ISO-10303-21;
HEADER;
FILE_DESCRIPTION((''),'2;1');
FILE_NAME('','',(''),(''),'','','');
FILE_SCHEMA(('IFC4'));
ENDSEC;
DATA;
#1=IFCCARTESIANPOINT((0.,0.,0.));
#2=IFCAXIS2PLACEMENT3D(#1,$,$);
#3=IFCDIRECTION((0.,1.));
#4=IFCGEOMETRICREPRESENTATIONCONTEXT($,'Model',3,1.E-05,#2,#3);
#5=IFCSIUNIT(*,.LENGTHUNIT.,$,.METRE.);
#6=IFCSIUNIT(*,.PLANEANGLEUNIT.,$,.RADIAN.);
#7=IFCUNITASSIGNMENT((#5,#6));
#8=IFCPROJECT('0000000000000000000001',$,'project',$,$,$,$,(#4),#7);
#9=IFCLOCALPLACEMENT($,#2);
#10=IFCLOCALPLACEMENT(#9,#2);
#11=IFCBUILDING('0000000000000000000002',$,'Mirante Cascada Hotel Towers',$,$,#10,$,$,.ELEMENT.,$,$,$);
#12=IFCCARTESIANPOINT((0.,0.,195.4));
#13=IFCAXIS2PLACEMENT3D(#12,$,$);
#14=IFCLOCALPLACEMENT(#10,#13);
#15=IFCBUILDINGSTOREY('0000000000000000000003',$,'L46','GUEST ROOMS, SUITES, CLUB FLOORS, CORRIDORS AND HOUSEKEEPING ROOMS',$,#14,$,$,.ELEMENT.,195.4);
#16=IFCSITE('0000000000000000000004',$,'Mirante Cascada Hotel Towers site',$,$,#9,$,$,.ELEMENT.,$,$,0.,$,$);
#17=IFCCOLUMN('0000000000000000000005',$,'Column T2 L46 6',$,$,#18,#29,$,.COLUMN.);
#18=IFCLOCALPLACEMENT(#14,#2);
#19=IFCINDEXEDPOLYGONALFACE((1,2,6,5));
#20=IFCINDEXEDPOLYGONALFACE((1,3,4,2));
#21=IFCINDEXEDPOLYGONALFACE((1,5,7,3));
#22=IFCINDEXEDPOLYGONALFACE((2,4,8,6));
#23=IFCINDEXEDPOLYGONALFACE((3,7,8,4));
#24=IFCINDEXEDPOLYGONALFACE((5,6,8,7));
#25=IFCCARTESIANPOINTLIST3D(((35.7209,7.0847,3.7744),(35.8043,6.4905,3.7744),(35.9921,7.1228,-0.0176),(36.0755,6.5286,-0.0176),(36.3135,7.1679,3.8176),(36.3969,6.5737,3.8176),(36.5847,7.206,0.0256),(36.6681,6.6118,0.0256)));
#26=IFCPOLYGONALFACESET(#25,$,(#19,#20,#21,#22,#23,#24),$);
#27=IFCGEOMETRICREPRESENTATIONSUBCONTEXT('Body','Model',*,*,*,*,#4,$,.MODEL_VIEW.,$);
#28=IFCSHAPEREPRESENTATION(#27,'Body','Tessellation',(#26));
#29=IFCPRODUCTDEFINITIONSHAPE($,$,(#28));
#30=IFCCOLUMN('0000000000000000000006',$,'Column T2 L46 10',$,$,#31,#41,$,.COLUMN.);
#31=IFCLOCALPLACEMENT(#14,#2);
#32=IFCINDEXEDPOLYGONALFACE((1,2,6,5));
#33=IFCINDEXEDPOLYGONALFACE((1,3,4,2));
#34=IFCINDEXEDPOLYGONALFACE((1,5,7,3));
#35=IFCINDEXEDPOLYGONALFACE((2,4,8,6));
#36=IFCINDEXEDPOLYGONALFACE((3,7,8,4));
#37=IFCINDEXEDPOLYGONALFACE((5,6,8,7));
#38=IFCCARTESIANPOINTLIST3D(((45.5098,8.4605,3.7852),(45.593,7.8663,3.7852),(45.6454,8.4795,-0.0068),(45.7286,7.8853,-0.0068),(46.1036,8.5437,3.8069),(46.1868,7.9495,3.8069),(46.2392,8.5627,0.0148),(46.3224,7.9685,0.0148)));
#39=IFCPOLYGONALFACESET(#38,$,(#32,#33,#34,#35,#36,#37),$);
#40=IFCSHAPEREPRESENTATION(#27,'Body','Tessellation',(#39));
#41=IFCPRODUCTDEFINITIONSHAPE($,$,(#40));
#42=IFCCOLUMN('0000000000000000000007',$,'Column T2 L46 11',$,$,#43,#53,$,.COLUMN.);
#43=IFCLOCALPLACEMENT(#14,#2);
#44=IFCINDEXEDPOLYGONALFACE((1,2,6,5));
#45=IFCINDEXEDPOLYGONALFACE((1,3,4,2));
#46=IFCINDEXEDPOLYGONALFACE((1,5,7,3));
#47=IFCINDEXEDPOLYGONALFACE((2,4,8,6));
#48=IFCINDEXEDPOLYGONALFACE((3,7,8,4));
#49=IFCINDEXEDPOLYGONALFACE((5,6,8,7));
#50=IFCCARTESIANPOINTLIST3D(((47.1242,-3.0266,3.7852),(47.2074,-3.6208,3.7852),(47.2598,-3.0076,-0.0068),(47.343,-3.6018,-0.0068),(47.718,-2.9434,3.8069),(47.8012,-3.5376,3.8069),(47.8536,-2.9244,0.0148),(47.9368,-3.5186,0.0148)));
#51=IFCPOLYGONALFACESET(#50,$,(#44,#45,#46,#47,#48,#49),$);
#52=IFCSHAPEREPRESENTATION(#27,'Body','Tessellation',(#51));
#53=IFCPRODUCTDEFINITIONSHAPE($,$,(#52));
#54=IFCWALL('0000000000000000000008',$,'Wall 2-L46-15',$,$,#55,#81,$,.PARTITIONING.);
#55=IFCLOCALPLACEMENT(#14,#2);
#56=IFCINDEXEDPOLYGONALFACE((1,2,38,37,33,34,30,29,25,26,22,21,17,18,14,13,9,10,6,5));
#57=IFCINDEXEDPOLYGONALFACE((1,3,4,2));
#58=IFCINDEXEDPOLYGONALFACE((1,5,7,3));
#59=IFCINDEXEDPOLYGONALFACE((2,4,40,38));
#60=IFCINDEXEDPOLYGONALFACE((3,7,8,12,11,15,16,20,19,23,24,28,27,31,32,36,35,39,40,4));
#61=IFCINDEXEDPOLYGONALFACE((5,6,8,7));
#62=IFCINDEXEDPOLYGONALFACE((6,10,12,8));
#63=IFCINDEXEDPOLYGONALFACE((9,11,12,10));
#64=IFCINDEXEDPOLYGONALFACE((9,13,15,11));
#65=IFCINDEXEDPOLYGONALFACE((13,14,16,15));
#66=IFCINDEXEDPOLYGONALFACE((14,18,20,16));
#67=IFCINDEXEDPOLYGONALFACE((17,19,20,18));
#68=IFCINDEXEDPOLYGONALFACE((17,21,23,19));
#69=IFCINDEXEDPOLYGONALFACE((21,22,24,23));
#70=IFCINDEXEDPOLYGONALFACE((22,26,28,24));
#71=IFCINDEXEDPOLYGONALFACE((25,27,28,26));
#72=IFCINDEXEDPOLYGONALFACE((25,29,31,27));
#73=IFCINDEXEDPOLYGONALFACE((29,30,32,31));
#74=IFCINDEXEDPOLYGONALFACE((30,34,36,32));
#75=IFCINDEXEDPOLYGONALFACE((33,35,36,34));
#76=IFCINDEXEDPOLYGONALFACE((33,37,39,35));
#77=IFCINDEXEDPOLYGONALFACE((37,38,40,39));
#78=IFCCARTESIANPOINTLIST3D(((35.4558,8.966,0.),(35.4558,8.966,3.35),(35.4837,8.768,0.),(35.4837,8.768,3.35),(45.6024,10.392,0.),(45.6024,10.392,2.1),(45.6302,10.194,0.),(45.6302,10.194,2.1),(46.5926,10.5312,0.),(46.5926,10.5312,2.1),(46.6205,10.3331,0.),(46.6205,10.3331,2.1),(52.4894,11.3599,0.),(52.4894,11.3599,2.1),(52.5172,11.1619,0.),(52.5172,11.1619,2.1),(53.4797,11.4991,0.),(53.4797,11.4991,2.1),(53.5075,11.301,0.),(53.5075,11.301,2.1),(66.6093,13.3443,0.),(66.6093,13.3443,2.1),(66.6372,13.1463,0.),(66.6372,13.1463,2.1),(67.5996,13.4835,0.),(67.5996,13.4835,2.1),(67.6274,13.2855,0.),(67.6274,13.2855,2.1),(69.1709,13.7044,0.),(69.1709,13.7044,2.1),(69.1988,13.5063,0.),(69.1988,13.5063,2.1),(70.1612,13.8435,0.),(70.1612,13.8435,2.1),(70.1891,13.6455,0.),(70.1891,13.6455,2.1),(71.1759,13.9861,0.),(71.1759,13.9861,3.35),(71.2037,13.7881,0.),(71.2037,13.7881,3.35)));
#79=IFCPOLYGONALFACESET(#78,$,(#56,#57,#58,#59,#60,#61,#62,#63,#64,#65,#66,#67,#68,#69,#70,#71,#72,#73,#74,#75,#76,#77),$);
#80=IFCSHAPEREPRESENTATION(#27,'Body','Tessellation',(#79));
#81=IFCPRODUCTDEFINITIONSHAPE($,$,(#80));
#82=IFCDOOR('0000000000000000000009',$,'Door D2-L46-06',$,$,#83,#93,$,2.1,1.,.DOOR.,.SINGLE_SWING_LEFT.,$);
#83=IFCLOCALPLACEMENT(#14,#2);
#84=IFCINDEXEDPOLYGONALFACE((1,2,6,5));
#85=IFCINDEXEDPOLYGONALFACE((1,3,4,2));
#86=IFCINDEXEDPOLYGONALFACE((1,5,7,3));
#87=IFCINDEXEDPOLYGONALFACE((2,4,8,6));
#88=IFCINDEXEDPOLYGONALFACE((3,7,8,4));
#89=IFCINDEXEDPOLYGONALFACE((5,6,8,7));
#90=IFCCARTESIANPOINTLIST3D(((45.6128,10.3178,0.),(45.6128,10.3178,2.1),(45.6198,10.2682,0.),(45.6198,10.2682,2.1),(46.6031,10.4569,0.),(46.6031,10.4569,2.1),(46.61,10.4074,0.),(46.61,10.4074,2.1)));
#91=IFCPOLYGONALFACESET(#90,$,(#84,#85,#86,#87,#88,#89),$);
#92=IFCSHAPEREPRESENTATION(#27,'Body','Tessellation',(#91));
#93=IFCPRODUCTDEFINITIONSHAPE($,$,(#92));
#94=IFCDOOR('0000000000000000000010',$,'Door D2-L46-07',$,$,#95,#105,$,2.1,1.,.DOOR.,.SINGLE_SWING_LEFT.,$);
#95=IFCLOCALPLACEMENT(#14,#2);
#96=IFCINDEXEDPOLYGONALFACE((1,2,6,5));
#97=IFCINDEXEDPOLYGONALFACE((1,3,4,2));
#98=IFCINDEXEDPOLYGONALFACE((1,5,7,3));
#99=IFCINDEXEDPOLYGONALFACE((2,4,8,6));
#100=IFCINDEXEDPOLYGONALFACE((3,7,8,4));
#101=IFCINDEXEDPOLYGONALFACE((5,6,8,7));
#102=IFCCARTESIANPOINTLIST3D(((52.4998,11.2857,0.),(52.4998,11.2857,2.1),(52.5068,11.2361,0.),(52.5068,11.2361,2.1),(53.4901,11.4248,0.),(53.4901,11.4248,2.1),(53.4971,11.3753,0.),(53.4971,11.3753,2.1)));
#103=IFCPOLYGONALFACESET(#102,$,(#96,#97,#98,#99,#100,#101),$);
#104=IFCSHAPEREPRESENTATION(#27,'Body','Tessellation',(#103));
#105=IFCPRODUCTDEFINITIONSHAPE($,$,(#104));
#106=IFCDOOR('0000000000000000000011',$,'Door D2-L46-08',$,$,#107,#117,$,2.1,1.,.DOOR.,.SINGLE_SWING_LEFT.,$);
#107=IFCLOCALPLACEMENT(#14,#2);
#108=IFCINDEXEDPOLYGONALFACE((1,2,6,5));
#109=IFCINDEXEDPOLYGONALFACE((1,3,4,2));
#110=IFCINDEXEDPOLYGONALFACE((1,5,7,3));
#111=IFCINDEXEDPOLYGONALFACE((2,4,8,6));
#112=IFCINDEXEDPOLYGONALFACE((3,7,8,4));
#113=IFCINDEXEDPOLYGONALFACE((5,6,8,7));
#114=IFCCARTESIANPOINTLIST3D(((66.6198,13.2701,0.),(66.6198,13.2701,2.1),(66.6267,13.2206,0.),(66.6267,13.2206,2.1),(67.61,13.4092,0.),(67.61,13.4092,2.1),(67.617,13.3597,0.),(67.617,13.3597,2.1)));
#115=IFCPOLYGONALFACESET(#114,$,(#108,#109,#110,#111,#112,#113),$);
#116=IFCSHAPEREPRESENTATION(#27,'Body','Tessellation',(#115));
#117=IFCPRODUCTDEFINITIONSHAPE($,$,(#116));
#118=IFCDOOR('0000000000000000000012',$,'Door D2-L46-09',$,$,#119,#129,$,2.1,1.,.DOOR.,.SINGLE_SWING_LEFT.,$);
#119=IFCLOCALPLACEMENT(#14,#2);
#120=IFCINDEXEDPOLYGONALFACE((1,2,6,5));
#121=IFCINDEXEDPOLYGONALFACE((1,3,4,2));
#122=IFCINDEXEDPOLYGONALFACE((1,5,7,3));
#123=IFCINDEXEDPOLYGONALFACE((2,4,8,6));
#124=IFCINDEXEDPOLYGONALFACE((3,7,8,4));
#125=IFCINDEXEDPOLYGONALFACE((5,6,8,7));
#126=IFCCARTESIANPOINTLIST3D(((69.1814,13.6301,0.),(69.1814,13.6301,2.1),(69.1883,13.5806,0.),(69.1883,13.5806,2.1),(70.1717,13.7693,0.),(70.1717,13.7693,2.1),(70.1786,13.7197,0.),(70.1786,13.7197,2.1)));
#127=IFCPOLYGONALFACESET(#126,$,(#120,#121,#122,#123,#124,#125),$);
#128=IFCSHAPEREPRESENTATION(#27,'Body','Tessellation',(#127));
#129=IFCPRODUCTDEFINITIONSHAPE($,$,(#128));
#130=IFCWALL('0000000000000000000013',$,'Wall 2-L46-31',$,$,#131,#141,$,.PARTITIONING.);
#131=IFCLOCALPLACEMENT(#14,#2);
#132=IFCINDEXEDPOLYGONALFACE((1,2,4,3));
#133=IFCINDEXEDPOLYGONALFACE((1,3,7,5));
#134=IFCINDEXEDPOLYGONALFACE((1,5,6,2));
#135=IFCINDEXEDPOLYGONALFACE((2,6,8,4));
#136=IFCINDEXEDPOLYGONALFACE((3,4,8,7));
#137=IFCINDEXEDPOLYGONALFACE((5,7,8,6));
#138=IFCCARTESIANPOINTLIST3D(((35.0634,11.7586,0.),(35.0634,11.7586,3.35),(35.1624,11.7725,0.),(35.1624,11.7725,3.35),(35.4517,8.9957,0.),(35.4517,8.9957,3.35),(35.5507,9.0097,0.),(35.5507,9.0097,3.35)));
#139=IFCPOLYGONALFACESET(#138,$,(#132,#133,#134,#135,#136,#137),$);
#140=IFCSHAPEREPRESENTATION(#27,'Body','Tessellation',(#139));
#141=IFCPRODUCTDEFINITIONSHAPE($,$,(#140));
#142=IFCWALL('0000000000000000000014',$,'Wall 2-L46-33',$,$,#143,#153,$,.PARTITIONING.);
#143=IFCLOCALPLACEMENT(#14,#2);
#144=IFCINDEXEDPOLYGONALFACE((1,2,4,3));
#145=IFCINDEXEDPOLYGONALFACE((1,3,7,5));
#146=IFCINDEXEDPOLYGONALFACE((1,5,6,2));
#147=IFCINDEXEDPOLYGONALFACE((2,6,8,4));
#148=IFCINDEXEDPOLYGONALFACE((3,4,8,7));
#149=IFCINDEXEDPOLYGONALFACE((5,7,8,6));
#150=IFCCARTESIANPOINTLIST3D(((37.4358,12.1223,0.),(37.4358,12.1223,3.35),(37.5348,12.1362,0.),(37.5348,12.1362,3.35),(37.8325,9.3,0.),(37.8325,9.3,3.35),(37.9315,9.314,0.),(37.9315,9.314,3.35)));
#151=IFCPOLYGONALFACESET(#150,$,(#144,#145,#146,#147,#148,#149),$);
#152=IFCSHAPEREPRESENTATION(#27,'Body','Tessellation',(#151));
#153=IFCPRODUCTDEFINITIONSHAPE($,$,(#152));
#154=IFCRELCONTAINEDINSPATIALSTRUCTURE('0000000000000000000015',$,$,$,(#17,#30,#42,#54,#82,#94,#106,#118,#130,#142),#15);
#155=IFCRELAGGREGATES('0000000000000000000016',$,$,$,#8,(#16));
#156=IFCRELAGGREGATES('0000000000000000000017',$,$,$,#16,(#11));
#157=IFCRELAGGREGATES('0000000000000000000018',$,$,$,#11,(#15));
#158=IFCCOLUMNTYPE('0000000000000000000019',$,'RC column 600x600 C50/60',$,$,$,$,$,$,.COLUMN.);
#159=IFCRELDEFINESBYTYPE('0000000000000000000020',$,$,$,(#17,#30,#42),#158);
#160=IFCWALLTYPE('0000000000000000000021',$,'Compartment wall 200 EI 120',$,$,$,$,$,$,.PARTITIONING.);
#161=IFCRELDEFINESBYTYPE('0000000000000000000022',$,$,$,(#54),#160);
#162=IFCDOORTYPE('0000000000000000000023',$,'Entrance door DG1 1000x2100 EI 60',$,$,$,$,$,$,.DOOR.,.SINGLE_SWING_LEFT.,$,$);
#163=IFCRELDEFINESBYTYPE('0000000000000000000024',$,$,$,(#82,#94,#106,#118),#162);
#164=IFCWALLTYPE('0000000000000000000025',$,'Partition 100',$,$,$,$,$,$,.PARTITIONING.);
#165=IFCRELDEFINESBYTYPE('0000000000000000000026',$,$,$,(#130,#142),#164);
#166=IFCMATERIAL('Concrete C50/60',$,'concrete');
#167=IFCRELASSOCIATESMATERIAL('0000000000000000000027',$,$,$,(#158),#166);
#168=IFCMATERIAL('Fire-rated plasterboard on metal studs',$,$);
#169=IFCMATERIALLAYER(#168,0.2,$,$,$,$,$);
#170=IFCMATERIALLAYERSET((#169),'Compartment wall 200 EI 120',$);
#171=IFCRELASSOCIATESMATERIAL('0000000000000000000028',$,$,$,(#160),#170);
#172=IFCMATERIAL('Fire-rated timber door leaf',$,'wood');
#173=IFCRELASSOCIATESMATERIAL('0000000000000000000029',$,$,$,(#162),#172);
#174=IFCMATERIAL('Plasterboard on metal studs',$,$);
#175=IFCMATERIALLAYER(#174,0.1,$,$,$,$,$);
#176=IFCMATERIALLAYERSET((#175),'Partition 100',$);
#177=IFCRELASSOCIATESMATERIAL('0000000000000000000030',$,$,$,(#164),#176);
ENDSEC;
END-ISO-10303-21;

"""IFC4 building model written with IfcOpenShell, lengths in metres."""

from ifc_helpers import new_model, si_unit, direction, frame, frame_2d, origin, origin_2d, place, context, subcontext, project, spatial, rectangle, extrude, material, layer, layer_set, material_profile, profile_set, type_object, element, fill, save


model = new_model("IFC4")

# Units and contexts
model_context = context("Model", 3, precision=1e-05, world=origin(), true_north=direction((0.0, 1.0)))
body_context = subcontext(model_context, "Body", "Model", "MODEL_VIEW")
ifc_project = project(units=[si_unit("LENGTHUNIT", "METRE"), si_unit("PLANEANGLEUNIT", "RADIAN")], contexts=[model_context])

# Site, building, storey
site_placement = place(None, origin())
site = spatial("IfcSite", under=ifc_project, at=site_placement, Name="Mirante Cascada Hotel Towers site", CompositionType="ELEMENT", RefElevation=0.0)
building_placement = place(site_placement, origin())
building = spatial("IfcBuilding", under=site, at=building_placement, Name="Mirante Cascada Hotel Towers", CompositionType="ELEMENT")
storey_placement = place(building_placement, frame((0.0, 0.0, 195.4)))
storey = spatial("IfcBuildingStorey", under=building, at=storey_placement, Name="L46", Description="GUEST ROOMS, SUITES, CLUB FLOORS, CORRIDORS AND HOUSEKEEPING ROOMS", CompositionType="ELEMENT", Elevation=195.4)

# Columns
ifc_material_1 = material(Name="Concrete C50/60", Category="concrete")
ifc_material_profile = material_profile(ifc_material_1, rectangle(XDim=0.6, YDim=0.6, at=origin_2d()), Name="RC column 600x600 C50/60")
ifc_profile_set = profile_set([ifc_material_profile], Name="Concrete C50/60")
column_type = type_object("IfcColumnType", Name="RC column 600x600 C50/60", PredefinedType="COLUMN", material=ifc_profile_set)
column_placement = place(storey_placement, frame((36.3301, 6.8673, 0.004), z_axis=(-0.071333, -0.010021, 0.997402), x_axis=(0.139121, -0.990275, 0.0)))
element("IfcColumn", 1, at=column_placement, inside=storey, type_object=column_type, Name="Column T2 L46 6", PredefinedType="COLUMN", context=body_context, shape_type="SweptSolid", body=[
    extrude(rectangle(XDim=0.6, YDim=0.6, at=origin_2d()), origin(), (0.0, 0.0, 1.0), 3.8019),
])
for number, where, z_axis, x_axis, name in (
    (2, (45.9839, 8.224, 0.004), (-0.035736, -0.005007, 0.999349), (0.138762, -0.990326, 0.0), "Column T2 L46 10"),
    (3, (47.5983, -3.2631, 0.004), (-0.035736, -0.005007, 0.999349), (0.138762, -0.990326, 0.0), "Column T2 L46 11"),
):
    element("IfcColumn", number, at=place(storey_placement, frame(where, z_axis=z_axis, x_axis=x_axis)), inside=storey, type_object=column_type, Name=name, PredefinedType="COLUMN", context=body_context, shape_type="SweptSolid", body=[
        extrude(rectangle(XDim=0.6, YDim=0.6, at=origin_2d()), origin(), (0.0, 0.0, 1.0), 3.7945),
    ])

# Wall, openings, doors
ifc_material_2 = material(Name="Fire-rated plasterboard on metal studs")
ifc_layer_1 = layer(ifc_material_2, 0.2)
ifc_layer_set_1 = layer_set([ifc_layer_1], Name="Compartment wall 200 EI 120")
wall_type_1 = type_object("IfcWallType", Name="Compartment wall 200 EI 120", PredefinedType="PARTITIONING", material=ifc_layer_set_1)
wall_1_placement = place(storey_placement, frame((35.4697, 8.867, 0.0), z_axis=(0.0, 0.0, 1.0), x_axis=(0.990268, 0.139172, 0.0)))
wall_1 = element("IfcWall", 4, at=wall_1_placement, inside=storey, type_object=wall_type_1, Name="Wall 2-L46-15", PredefinedType="PARTITIONING", context=body_context, shape_type="SweptSolid", body=[
    extrude(rectangle(XDim=36.0711, YDim=0.2, at=frame_2d((18.0356, 0.0))), origin(), (0.0, 0.0, 1.0), 3.35),
])
opening_1_placement = place(wall_1_placement, frame((10.2463, 0.0, 0.0)))
opening_1 = element("IfcOpeningElement", 5, at=opening_1_placement, cuts=wall_1, PredefinedType="OPENING", context=body_context, shape_type="SweptSolid", body=[
    extrude(rectangle(XDim=1.0, YDim=2.1, at=frame_2d((0.5, 1.05))), frame((0.0, 0.1, 0.0), z_axis=(0.0, -1.0, 0.0), x_axis=(1.0, 0.0, 0.0)), (0.0, 0.0, 1.0), 0.2),
])
opening_2_placement = place(wall_1_placement, frame((17.201, 0.0, 0.0)))
opening_2 = element("IfcOpeningElement", 6, at=opening_2_placement, cuts=wall_1, PredefinedType="OPENING", context=body_context, shape_type="SweptSolid", body=[
    extrude(rectangle(XDim=1.0, YDim=2.1, at=frame_2d((0.5, 1.05))), frame((0.0, 0.1, 0.0), z_axis=(0.0, -1.0, 0.0), x_axis=(1.0, 0.0, 0.0)), (0.0, 0.0, 1.0), 0.2),
])
opening_3_placement = place(wall_1_placement, frame((31.4597, 0.0, 0.0)))
opening_3 = element("IfcOpeningElement", 7, at=opening_3_placement, cuts=wall_1, PredefinedType="OPENING", context=body_context, shape_type="SweptSolid", body=[
    extrude(rectangle(XDim=1.0, YDim=2.1, at=frame_2d((0.5, 1.05))), frame((0.0, 0.1, 0.0), z_axis=(0.0, -1.0, 0.0), x_axis=(1.0, 0.0, 0.0)), (0.0, 0.0, 1.0), 0.2),
])
opening_4_placement = place(wall_1_placement, frame((34.0465, 0.0, 0.0)))
opening_4 = element("IfcOpeningElement", 8, at=opening_4_placement, cuts=wall_1, PredefinedType="OPENING", context=body_context, shape_type="SweptSolid", body=[
    extrude(rectangle(XDim=1.0, YDim=2.1, at=frame_2d((0.5, 1.05))), frame((0.0, 0.1, 0.0), z_axis=(0.0, -1.0, 0.0), x_axis=(1.0, 0.0, 0.0)), (0.0, 0.0, 1.0), 0.2),
])
ifc_material_3 = material(Name="Fire-rated timber door leaf", Category="wood")
door_type_1 = type_object("IfcDoorType", Name="Entrance door DG1 1000x2100 EI 60", OperationType="SINGLE_SWING_LEFT", PredefinedType="DOOR", material=ifc_material_3)
door_1_placement = place(opening_1_placement, origin())
door_1 = element("IfcDoor", 9, at=door_1_placement, inside=storey, type_object=door_type_1, Name="Door D2-L46-06", OperationType="SINGLE_SWING_LEFT", OverallHeight=2.1, OverallWidth=1.0, PredefinedType="DOOR", context=body_context, shape_type="SweptSolid", body=[
    extrude(rectangle(XDim=1.0, YDim=2.1, at=frame_2d((0.5, 1.05))), frame((0.0, 0.025, 0.0), z_axis=(0.0, -1.0, 0.0), x_axis=(1.0, 0.0, 0.0)), (0.0, 0.0, 1.0), 0.05),
])
fill(opening_1, door_1)
door_2_placement = place(opening_2_placement, origin())
door_2 = element("IfcDoor", 10, at=door_2_placement, inside=storey, type_object=door_type_1, Name="Door D2-L46-07", OperationType="SINGLE_SWING_LEFT", OverallHeight=2.1, OverallWidth=1.0, PredefinedType="DOOR", context=body_context, shape_type="SweptSolid", body=[
    extrude(rectangle(XDim=1.0, YDim=2.1, at=frame_2d((0.5, 1.05))), frame((0.0, 0.025, 0.0), z_axis=(0.0, -1.0, 0.0), x_axis=(1.0, 0.0, 0.0)), (0.0, 0.0, 1.0), 0.05),
])
fill(opening_2, door_2)
door_3_placement = place(opening_3_placement, origin())
door_3 = element("IfcDoor", 11, at=door_3_placement, inside=storey, type_object=door_type_1, Name="Door D2-L46-08", OperationType="SINGLE_SWING_LEFT", OverallHeight=2.1, OverallWidth=1.0, PredefinedType="DOOR", context=body_context, shape_type="SweptSolid", body=[
    extrude(rectangle(XDim=1.0, YDim=2.1, at=frame_2d((0.5, 1.05))), frame((0.0, 0.025, 0.0), z_axis=(0.0, -1.0, 0.0), x_axis=(1.0, 0.0, 0.0)), (0.0, 0.0, 1.0), 0.05),
])
fill(opening_3, door_3)
door_4_placement = place(opening_4_placement, origin())
door_4 = element("IfcDoor", 12, at=door_4_placement, inside=storey, type_object=door_type_1, Name="Door D2-L46-09", OperationType="SINGLE_SWING_LEFT", OverallHeight=2.1, OverallWidth=1.0, PredefinedType="DOOR", context=body_context, shape_type="SweptSolid", body=[
    extrude(rectangle(XDim=1.0, YDim=2.1, at=frame_2d((0.5, 1.05))), frame((0.0, 0.025, 0.0), z_axis=(0.0, -1.0, 0.0), x_axis=(1.0, 0.0, 0.0)), (0.0, 0.0, 1.0), 0.05),
])
fill(opening_4, door_4)

# Walls
ifc_material_4 = material(Name="Plasterboard on metal studs")
ifc_layer_2 = layer(ifc_material_4, 0.1)
ifc_layer_set_2 = layer_set([ifc_layer_2], Name="Partition 100")
wall_type_2 = type_object("IfcWallType", Name="Partition 100", PredefinedType="PARTITIONING", material=ifc_layer_set_2)
wall_2_placement = place(storey_placement, frame((35.5012, 9.0027, 0.0), z_axis=(0.0, 0.0, 1.0), x_axis=(-0.139178, 0.990267, 0.0)))
element("IfcWall", 13, at=wall_2_placement, inside=storey, type_object=wall_type_2, Name="Wall 2-L46-31", PredefinedType="PARTITIONING", context=body_context, shape_type="SweptSolid", body=[
    extrude(rectangle(XDim=2.79, YDim=0.1, at=frame_2d((1.395, 0.0))), origin(), (0.0, 0.0, 1.0), 3.35),
])
wall_3_placement = place(storey_placement, frame((37.882, 9.307, 0.0), z_axis=(0.0, 0.0, 1.0), x_axis=(-0.139191, 0.990266, 0.0)))
element("IfcWall", 14, at=wall_3_placement, inside=storey, type_object=wall_type_2, Name="Wall 2-L46-33", PredefinedType="PARTITIONING", context=body_context, shape_type="SweptSolid", body=[
    extrude(rectangle(XDim=2.85, YDim=0.1, at=frame_2d((1.425, 0.0))), origin(), (0.0, 0.0, 1.0), 3.35),
])

save(model, "model.ifc")
